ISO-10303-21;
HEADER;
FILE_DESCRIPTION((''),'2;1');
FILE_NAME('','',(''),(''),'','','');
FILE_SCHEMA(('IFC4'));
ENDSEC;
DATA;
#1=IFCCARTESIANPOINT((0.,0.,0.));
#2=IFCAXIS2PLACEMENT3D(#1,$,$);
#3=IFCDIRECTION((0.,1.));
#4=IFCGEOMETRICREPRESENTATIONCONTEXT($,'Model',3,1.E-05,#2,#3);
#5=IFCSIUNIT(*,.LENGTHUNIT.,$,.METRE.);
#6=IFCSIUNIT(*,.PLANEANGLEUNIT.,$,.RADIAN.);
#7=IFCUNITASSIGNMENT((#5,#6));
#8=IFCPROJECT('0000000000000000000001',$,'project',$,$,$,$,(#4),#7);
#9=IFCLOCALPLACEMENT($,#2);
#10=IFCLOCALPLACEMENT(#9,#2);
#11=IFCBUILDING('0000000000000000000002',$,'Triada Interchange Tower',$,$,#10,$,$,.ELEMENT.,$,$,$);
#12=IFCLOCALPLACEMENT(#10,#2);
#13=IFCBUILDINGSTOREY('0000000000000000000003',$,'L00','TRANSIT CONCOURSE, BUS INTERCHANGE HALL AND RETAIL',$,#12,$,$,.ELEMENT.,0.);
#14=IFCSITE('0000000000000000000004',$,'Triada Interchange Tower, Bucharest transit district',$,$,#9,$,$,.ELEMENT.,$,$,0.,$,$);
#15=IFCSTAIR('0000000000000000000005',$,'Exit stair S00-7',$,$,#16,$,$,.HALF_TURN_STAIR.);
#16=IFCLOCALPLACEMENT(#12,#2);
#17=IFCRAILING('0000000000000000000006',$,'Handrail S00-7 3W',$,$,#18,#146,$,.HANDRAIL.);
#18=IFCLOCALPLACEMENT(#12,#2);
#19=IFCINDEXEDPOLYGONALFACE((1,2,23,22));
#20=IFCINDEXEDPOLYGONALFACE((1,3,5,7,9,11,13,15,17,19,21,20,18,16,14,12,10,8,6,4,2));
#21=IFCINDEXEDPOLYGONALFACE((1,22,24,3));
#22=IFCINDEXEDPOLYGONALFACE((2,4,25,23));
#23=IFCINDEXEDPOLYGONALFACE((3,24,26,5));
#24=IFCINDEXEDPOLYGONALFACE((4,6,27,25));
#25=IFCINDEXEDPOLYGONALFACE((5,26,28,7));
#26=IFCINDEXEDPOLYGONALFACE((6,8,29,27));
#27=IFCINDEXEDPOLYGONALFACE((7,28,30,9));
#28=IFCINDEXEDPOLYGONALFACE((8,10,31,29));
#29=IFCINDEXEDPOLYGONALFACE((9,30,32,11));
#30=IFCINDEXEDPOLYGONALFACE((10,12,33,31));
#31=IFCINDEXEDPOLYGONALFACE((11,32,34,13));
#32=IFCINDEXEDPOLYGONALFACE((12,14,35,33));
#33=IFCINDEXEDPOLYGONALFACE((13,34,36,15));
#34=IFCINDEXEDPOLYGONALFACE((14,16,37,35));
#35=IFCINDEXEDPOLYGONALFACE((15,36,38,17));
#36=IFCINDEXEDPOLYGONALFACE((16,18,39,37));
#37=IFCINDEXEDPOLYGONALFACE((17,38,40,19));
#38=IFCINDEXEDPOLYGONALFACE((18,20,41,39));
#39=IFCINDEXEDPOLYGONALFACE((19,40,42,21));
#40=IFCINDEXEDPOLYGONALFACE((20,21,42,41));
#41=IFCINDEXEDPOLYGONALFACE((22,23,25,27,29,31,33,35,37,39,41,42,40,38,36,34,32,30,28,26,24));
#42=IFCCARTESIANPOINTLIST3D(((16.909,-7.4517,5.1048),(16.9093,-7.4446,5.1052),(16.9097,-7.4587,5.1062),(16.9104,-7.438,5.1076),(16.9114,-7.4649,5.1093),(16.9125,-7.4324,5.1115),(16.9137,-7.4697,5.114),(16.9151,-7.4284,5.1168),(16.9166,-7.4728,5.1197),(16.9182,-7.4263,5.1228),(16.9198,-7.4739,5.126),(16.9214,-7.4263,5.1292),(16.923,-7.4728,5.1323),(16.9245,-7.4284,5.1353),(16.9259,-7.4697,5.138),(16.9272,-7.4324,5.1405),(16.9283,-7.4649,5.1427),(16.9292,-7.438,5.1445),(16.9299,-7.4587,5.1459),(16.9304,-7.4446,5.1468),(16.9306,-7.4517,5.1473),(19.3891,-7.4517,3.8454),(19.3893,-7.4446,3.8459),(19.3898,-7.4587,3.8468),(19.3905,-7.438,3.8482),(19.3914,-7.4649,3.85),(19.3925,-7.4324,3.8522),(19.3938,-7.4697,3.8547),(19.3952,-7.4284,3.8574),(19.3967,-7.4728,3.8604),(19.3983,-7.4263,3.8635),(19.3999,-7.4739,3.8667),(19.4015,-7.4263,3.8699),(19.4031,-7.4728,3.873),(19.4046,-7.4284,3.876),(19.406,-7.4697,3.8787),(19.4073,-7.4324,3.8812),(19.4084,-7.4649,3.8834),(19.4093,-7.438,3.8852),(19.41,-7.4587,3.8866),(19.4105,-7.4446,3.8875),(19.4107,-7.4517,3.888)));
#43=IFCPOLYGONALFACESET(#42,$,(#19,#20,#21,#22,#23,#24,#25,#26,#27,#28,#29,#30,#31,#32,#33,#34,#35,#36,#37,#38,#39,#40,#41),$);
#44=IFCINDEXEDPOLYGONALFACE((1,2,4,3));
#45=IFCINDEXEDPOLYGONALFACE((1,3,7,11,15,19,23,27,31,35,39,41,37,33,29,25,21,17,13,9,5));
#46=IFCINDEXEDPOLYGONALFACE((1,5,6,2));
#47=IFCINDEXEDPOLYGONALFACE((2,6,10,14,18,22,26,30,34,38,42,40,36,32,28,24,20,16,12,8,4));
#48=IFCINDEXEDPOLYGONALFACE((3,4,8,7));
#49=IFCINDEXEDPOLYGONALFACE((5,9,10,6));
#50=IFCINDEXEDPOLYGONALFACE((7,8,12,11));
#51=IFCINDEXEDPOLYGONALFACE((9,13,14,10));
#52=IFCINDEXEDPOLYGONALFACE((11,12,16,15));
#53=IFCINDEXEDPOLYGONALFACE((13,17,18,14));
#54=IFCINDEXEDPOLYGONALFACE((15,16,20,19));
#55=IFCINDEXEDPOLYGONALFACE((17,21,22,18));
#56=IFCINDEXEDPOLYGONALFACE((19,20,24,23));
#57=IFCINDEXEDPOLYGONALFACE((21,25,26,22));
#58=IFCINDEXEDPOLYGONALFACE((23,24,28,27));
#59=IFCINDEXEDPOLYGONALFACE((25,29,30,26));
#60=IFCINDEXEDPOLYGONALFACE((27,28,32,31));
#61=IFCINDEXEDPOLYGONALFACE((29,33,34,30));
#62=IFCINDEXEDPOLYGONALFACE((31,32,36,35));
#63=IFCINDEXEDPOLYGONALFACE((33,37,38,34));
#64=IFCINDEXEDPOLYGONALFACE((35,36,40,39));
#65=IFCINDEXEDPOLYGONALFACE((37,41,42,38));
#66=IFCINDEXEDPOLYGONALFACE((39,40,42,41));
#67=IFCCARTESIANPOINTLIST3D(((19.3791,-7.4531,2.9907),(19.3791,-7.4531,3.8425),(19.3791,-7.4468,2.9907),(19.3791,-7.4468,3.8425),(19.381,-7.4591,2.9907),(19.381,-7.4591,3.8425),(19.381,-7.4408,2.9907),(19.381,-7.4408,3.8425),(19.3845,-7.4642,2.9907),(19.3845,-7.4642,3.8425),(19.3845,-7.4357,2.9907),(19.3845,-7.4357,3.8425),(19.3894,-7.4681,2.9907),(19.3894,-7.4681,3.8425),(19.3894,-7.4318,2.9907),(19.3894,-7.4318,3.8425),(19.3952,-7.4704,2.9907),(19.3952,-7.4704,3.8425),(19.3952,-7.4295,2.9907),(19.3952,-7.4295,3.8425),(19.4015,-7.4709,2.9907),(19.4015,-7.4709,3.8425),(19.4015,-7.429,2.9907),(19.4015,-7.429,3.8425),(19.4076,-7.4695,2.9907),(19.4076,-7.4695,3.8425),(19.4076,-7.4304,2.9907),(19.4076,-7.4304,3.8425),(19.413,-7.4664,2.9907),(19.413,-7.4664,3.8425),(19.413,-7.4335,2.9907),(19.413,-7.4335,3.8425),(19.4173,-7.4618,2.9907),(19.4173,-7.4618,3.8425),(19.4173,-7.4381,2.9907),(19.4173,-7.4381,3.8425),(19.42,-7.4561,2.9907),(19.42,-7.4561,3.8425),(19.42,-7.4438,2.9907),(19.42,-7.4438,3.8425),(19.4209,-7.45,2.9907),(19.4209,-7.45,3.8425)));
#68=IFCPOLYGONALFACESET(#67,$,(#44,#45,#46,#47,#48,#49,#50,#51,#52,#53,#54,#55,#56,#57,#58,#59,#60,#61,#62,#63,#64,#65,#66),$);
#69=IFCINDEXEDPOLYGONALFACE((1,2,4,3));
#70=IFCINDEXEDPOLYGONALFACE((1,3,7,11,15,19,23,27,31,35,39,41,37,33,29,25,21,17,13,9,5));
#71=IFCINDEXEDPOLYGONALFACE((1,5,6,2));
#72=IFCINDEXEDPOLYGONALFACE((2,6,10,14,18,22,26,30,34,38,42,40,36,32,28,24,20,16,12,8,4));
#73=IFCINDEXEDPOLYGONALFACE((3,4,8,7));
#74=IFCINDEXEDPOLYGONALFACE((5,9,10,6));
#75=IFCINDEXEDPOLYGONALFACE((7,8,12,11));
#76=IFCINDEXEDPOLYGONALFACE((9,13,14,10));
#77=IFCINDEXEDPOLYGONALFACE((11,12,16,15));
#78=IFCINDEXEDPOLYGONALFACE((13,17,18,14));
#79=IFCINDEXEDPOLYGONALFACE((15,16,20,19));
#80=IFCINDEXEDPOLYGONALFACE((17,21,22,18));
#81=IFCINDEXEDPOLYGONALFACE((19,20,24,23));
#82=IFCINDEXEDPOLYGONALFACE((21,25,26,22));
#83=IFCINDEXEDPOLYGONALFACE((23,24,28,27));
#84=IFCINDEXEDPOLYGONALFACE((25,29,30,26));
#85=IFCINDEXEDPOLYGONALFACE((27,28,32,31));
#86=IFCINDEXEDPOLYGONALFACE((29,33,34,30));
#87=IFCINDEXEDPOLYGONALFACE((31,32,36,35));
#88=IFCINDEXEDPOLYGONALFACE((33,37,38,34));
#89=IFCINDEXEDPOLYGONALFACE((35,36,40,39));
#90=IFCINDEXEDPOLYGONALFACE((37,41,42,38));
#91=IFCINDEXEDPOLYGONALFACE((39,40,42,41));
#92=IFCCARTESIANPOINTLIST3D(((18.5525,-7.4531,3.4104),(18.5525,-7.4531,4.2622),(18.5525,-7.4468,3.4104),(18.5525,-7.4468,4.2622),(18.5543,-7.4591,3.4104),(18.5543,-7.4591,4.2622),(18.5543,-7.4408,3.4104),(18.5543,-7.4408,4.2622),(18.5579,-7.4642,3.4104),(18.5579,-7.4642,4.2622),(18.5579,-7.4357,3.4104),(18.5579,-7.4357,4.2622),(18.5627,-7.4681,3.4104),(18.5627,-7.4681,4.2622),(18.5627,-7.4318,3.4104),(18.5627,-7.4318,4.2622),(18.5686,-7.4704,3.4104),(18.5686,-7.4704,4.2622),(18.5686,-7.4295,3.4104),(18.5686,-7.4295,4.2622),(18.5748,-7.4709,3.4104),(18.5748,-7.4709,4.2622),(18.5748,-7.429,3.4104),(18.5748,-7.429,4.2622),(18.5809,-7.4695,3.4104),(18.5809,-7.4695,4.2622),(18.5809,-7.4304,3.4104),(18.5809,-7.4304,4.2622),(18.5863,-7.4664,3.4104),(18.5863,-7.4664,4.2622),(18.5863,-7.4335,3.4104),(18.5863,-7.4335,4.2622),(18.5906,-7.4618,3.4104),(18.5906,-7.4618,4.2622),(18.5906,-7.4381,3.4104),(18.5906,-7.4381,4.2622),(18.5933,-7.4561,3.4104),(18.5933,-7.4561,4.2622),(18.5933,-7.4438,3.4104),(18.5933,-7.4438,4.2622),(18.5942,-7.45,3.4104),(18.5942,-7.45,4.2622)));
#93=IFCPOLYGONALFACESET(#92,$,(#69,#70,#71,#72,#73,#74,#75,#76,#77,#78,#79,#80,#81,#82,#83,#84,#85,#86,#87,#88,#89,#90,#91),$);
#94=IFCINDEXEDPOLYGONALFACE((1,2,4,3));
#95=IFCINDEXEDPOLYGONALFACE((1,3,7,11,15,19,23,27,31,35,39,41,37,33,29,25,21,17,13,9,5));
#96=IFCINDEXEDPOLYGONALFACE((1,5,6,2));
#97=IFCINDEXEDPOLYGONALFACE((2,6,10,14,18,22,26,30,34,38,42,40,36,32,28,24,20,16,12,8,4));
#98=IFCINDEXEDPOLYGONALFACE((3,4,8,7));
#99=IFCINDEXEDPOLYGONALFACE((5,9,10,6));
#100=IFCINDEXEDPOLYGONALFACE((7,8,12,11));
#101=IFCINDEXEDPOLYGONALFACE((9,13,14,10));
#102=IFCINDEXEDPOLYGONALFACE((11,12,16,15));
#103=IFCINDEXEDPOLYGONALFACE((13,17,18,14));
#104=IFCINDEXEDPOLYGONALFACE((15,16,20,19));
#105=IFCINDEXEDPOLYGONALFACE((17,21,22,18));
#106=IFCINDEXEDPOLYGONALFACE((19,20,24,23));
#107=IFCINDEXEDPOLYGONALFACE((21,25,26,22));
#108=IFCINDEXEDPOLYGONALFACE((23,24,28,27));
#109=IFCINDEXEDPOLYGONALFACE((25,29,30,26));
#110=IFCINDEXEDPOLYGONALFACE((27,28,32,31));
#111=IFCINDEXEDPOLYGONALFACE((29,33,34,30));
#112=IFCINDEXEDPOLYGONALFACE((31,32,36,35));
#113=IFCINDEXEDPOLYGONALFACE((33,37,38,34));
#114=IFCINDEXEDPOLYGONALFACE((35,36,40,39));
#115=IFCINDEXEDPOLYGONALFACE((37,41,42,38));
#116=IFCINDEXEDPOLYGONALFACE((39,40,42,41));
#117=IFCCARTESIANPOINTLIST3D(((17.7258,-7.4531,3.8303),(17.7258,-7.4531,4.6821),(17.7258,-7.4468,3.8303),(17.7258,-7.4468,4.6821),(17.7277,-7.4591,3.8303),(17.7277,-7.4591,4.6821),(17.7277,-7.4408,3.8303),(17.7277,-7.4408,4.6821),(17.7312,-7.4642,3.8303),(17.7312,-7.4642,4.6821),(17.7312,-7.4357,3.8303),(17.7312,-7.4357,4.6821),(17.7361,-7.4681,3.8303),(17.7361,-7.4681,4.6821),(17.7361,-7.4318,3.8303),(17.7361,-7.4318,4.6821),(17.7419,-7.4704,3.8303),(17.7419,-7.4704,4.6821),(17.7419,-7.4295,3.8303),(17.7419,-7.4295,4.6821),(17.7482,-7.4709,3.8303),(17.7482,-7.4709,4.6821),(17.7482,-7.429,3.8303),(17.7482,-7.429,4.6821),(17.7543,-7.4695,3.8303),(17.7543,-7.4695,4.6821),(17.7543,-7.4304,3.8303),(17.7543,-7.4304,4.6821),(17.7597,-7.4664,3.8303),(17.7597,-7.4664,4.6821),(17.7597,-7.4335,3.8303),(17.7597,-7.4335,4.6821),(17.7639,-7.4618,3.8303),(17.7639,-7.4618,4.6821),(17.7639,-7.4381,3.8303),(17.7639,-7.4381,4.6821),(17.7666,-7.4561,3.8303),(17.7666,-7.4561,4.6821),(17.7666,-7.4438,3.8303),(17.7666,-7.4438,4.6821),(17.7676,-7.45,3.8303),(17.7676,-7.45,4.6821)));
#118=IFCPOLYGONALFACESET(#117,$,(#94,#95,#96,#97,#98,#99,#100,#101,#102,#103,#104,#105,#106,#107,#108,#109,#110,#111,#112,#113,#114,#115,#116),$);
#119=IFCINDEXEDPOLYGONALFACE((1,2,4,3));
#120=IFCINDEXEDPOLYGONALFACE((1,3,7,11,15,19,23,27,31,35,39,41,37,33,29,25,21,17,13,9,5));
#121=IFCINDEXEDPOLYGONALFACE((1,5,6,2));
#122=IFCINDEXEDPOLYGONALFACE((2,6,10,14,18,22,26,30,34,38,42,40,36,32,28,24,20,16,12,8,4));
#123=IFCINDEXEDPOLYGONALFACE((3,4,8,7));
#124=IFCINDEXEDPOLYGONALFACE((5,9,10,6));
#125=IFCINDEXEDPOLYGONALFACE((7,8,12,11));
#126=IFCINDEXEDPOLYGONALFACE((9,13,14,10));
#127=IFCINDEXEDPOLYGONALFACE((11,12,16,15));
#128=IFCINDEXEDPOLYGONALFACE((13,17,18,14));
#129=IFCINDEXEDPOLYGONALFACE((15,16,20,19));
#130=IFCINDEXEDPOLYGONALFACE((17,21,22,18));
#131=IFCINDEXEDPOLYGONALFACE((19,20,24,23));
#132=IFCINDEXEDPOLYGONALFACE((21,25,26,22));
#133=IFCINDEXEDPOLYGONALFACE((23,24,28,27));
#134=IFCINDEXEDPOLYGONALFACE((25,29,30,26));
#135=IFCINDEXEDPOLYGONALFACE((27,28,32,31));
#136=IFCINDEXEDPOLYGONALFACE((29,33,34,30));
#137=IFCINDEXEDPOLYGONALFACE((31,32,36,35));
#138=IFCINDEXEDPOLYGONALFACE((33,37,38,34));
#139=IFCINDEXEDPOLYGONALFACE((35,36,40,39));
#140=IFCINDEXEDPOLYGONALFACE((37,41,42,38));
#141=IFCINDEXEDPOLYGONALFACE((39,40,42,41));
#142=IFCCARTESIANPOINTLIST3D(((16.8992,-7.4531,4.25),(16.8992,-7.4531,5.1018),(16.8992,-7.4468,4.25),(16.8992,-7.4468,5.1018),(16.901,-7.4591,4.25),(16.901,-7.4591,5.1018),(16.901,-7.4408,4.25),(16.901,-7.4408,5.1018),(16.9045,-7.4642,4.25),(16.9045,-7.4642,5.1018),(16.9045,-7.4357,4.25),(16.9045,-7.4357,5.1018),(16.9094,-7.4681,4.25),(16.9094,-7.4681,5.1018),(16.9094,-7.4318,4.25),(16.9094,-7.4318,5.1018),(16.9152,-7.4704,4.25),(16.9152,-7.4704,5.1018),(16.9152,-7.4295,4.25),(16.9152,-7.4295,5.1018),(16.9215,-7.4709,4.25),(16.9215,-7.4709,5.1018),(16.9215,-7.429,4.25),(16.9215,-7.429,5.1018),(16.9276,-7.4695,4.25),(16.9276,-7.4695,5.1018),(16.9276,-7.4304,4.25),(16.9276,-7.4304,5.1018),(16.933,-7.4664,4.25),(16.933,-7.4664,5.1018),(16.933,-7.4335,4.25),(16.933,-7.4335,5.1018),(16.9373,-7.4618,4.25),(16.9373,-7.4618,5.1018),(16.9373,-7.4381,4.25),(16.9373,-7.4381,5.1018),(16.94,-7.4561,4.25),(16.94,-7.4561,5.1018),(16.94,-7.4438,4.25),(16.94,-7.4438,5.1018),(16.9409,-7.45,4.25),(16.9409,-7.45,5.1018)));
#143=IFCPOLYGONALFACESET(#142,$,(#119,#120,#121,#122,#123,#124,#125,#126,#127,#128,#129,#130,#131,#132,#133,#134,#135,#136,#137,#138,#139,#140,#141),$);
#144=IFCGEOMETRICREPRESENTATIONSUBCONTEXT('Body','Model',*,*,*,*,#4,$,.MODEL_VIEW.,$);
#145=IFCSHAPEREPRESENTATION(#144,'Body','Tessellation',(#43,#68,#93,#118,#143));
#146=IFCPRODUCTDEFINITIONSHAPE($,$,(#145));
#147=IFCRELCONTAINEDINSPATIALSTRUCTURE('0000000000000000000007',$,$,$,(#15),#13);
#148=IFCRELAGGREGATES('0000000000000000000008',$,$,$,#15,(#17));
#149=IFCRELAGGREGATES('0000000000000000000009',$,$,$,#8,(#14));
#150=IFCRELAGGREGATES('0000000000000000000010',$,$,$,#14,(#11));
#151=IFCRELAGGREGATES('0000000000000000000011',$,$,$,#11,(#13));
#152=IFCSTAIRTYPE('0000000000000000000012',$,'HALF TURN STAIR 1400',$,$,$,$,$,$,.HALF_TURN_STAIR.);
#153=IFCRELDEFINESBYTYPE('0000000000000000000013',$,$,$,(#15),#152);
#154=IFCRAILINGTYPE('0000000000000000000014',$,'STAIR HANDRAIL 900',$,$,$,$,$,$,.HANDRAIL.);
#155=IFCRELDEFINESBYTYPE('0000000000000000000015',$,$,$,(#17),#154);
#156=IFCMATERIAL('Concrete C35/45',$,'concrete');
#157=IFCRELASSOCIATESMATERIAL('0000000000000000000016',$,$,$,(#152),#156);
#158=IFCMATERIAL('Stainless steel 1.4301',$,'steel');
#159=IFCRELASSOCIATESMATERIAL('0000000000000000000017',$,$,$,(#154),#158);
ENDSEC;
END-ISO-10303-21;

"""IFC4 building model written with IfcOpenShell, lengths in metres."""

from ifc_helpers import new_model, si_unit, direction, frame, origin, origin_2d, place, context, subcontext, project, spatial, circle, extrude, material, type_object, element, aggregate, save


model = new_model("IFC4")

# Units and contexts
model_context = context("Model", 3, precision=1e-05, world=origin(), true_north=direction((0.0, 1.0)))
body_context = subcontext(model_context, "Body", "Model", "MODEL_VIEW")
ifc_project = project(units=[si_unit("LENGTHUNIT", "METRE"), si_unit("PLANEANGLEUNIT", "RADIAN")], contexts=[model_context])

# Site, building, storey
site_placement = place(None, origin())
site = spatial("IfcSite", under=ifc_project, at=site_placement, Name="Triada Interchange Tower, Bucharest transit district", CompositionType="ELEMENT", RefElevation=0.0)
building_placement = place(site_placement, origin())
building = spatial("IfcBuilding", under=site, at=building_placement, Name="Triada Interchange Tower", CompositionType="ELEMENT")
storey_placement = place(building_placement, origin())
storey = spatial("IfcBuildingStorey", under=building, at=storey_placement, Name="L00", Description="TRANSIT CONCOURSE, BUS INTERCHANGE HALL AND RETAIL", CompositionType="ELEMENT", Elevation=0.0)

# Shared definitions
ifc_material_1 = material(Name="Concrete C35/45", Category="concrete")

# Stair, railing
stair_type = type_object("IfcStairType", Name="HALF TURN STAIR 1400", PredefinedType="HALF_TURN_STAIR", material=ifc_material_1)
stair_placement = place(storey_placement, origin())
stair = element("IfcStair", 1, at=stair_placement, inside=storey, type_object=stair_type, Name="Exit stair S00-7", PredefinedType="HALF_TURN_STAIR")
ifc_material_2 = material(Name="Stainless steel 1.4301", Category="steel")
railing_type_1 = type_object("IfcRailingType", Name="STAIR HANDRAIL 900", PredefinedType="HANDRAIL", material=ifc_material_2)
railing_1_placement = place(storey_placement, frame((19.3999, -7.45, 2.9907)))
railing_1 = element("IfcRailing", 2, at=railing_1_placement, type_object=railing_type_1, Name="Handrail S00-7 3W", PredefinedType="HANDRAIL", context=body_context, shape_type="SweptSolid", body=[
    extrude(circle(Radius=0.0239, at=origin_2d()), frame((0.0, 0.0, 0.876), z_axis=(-0.891636, 0.0, 0.452752), x_axis=(0.0, -1.0, 0.0)), (0.0, 0.0, 1.0), 2.7815),
    extrude(circle(Radius=0.021, at=origin_2d()), origin(), (0.0, 0.0, 1.0), 0.8518),
    extrude(circle(Radius=0.021, at=origin_2d()), frame((-0.8267, 0.0, 0.4197)), (0.0, 0.0, 1.0), 0.8518),
    extrude(circle(Radius=0.021, at=origin_2d()), frame((-1.6533, 0.0, 0.8396)), (0.0, 0.0, 1.0), 0.8518),
    extrude(circle(Radius=0.021, at=origin_2d()), frame((-2.48, 0.0, 1.2593)), (0.0, 0.0, 1.0), 0.8518),
])
aggregate(stair, [railing_1])

save(model, "model.ifc")
